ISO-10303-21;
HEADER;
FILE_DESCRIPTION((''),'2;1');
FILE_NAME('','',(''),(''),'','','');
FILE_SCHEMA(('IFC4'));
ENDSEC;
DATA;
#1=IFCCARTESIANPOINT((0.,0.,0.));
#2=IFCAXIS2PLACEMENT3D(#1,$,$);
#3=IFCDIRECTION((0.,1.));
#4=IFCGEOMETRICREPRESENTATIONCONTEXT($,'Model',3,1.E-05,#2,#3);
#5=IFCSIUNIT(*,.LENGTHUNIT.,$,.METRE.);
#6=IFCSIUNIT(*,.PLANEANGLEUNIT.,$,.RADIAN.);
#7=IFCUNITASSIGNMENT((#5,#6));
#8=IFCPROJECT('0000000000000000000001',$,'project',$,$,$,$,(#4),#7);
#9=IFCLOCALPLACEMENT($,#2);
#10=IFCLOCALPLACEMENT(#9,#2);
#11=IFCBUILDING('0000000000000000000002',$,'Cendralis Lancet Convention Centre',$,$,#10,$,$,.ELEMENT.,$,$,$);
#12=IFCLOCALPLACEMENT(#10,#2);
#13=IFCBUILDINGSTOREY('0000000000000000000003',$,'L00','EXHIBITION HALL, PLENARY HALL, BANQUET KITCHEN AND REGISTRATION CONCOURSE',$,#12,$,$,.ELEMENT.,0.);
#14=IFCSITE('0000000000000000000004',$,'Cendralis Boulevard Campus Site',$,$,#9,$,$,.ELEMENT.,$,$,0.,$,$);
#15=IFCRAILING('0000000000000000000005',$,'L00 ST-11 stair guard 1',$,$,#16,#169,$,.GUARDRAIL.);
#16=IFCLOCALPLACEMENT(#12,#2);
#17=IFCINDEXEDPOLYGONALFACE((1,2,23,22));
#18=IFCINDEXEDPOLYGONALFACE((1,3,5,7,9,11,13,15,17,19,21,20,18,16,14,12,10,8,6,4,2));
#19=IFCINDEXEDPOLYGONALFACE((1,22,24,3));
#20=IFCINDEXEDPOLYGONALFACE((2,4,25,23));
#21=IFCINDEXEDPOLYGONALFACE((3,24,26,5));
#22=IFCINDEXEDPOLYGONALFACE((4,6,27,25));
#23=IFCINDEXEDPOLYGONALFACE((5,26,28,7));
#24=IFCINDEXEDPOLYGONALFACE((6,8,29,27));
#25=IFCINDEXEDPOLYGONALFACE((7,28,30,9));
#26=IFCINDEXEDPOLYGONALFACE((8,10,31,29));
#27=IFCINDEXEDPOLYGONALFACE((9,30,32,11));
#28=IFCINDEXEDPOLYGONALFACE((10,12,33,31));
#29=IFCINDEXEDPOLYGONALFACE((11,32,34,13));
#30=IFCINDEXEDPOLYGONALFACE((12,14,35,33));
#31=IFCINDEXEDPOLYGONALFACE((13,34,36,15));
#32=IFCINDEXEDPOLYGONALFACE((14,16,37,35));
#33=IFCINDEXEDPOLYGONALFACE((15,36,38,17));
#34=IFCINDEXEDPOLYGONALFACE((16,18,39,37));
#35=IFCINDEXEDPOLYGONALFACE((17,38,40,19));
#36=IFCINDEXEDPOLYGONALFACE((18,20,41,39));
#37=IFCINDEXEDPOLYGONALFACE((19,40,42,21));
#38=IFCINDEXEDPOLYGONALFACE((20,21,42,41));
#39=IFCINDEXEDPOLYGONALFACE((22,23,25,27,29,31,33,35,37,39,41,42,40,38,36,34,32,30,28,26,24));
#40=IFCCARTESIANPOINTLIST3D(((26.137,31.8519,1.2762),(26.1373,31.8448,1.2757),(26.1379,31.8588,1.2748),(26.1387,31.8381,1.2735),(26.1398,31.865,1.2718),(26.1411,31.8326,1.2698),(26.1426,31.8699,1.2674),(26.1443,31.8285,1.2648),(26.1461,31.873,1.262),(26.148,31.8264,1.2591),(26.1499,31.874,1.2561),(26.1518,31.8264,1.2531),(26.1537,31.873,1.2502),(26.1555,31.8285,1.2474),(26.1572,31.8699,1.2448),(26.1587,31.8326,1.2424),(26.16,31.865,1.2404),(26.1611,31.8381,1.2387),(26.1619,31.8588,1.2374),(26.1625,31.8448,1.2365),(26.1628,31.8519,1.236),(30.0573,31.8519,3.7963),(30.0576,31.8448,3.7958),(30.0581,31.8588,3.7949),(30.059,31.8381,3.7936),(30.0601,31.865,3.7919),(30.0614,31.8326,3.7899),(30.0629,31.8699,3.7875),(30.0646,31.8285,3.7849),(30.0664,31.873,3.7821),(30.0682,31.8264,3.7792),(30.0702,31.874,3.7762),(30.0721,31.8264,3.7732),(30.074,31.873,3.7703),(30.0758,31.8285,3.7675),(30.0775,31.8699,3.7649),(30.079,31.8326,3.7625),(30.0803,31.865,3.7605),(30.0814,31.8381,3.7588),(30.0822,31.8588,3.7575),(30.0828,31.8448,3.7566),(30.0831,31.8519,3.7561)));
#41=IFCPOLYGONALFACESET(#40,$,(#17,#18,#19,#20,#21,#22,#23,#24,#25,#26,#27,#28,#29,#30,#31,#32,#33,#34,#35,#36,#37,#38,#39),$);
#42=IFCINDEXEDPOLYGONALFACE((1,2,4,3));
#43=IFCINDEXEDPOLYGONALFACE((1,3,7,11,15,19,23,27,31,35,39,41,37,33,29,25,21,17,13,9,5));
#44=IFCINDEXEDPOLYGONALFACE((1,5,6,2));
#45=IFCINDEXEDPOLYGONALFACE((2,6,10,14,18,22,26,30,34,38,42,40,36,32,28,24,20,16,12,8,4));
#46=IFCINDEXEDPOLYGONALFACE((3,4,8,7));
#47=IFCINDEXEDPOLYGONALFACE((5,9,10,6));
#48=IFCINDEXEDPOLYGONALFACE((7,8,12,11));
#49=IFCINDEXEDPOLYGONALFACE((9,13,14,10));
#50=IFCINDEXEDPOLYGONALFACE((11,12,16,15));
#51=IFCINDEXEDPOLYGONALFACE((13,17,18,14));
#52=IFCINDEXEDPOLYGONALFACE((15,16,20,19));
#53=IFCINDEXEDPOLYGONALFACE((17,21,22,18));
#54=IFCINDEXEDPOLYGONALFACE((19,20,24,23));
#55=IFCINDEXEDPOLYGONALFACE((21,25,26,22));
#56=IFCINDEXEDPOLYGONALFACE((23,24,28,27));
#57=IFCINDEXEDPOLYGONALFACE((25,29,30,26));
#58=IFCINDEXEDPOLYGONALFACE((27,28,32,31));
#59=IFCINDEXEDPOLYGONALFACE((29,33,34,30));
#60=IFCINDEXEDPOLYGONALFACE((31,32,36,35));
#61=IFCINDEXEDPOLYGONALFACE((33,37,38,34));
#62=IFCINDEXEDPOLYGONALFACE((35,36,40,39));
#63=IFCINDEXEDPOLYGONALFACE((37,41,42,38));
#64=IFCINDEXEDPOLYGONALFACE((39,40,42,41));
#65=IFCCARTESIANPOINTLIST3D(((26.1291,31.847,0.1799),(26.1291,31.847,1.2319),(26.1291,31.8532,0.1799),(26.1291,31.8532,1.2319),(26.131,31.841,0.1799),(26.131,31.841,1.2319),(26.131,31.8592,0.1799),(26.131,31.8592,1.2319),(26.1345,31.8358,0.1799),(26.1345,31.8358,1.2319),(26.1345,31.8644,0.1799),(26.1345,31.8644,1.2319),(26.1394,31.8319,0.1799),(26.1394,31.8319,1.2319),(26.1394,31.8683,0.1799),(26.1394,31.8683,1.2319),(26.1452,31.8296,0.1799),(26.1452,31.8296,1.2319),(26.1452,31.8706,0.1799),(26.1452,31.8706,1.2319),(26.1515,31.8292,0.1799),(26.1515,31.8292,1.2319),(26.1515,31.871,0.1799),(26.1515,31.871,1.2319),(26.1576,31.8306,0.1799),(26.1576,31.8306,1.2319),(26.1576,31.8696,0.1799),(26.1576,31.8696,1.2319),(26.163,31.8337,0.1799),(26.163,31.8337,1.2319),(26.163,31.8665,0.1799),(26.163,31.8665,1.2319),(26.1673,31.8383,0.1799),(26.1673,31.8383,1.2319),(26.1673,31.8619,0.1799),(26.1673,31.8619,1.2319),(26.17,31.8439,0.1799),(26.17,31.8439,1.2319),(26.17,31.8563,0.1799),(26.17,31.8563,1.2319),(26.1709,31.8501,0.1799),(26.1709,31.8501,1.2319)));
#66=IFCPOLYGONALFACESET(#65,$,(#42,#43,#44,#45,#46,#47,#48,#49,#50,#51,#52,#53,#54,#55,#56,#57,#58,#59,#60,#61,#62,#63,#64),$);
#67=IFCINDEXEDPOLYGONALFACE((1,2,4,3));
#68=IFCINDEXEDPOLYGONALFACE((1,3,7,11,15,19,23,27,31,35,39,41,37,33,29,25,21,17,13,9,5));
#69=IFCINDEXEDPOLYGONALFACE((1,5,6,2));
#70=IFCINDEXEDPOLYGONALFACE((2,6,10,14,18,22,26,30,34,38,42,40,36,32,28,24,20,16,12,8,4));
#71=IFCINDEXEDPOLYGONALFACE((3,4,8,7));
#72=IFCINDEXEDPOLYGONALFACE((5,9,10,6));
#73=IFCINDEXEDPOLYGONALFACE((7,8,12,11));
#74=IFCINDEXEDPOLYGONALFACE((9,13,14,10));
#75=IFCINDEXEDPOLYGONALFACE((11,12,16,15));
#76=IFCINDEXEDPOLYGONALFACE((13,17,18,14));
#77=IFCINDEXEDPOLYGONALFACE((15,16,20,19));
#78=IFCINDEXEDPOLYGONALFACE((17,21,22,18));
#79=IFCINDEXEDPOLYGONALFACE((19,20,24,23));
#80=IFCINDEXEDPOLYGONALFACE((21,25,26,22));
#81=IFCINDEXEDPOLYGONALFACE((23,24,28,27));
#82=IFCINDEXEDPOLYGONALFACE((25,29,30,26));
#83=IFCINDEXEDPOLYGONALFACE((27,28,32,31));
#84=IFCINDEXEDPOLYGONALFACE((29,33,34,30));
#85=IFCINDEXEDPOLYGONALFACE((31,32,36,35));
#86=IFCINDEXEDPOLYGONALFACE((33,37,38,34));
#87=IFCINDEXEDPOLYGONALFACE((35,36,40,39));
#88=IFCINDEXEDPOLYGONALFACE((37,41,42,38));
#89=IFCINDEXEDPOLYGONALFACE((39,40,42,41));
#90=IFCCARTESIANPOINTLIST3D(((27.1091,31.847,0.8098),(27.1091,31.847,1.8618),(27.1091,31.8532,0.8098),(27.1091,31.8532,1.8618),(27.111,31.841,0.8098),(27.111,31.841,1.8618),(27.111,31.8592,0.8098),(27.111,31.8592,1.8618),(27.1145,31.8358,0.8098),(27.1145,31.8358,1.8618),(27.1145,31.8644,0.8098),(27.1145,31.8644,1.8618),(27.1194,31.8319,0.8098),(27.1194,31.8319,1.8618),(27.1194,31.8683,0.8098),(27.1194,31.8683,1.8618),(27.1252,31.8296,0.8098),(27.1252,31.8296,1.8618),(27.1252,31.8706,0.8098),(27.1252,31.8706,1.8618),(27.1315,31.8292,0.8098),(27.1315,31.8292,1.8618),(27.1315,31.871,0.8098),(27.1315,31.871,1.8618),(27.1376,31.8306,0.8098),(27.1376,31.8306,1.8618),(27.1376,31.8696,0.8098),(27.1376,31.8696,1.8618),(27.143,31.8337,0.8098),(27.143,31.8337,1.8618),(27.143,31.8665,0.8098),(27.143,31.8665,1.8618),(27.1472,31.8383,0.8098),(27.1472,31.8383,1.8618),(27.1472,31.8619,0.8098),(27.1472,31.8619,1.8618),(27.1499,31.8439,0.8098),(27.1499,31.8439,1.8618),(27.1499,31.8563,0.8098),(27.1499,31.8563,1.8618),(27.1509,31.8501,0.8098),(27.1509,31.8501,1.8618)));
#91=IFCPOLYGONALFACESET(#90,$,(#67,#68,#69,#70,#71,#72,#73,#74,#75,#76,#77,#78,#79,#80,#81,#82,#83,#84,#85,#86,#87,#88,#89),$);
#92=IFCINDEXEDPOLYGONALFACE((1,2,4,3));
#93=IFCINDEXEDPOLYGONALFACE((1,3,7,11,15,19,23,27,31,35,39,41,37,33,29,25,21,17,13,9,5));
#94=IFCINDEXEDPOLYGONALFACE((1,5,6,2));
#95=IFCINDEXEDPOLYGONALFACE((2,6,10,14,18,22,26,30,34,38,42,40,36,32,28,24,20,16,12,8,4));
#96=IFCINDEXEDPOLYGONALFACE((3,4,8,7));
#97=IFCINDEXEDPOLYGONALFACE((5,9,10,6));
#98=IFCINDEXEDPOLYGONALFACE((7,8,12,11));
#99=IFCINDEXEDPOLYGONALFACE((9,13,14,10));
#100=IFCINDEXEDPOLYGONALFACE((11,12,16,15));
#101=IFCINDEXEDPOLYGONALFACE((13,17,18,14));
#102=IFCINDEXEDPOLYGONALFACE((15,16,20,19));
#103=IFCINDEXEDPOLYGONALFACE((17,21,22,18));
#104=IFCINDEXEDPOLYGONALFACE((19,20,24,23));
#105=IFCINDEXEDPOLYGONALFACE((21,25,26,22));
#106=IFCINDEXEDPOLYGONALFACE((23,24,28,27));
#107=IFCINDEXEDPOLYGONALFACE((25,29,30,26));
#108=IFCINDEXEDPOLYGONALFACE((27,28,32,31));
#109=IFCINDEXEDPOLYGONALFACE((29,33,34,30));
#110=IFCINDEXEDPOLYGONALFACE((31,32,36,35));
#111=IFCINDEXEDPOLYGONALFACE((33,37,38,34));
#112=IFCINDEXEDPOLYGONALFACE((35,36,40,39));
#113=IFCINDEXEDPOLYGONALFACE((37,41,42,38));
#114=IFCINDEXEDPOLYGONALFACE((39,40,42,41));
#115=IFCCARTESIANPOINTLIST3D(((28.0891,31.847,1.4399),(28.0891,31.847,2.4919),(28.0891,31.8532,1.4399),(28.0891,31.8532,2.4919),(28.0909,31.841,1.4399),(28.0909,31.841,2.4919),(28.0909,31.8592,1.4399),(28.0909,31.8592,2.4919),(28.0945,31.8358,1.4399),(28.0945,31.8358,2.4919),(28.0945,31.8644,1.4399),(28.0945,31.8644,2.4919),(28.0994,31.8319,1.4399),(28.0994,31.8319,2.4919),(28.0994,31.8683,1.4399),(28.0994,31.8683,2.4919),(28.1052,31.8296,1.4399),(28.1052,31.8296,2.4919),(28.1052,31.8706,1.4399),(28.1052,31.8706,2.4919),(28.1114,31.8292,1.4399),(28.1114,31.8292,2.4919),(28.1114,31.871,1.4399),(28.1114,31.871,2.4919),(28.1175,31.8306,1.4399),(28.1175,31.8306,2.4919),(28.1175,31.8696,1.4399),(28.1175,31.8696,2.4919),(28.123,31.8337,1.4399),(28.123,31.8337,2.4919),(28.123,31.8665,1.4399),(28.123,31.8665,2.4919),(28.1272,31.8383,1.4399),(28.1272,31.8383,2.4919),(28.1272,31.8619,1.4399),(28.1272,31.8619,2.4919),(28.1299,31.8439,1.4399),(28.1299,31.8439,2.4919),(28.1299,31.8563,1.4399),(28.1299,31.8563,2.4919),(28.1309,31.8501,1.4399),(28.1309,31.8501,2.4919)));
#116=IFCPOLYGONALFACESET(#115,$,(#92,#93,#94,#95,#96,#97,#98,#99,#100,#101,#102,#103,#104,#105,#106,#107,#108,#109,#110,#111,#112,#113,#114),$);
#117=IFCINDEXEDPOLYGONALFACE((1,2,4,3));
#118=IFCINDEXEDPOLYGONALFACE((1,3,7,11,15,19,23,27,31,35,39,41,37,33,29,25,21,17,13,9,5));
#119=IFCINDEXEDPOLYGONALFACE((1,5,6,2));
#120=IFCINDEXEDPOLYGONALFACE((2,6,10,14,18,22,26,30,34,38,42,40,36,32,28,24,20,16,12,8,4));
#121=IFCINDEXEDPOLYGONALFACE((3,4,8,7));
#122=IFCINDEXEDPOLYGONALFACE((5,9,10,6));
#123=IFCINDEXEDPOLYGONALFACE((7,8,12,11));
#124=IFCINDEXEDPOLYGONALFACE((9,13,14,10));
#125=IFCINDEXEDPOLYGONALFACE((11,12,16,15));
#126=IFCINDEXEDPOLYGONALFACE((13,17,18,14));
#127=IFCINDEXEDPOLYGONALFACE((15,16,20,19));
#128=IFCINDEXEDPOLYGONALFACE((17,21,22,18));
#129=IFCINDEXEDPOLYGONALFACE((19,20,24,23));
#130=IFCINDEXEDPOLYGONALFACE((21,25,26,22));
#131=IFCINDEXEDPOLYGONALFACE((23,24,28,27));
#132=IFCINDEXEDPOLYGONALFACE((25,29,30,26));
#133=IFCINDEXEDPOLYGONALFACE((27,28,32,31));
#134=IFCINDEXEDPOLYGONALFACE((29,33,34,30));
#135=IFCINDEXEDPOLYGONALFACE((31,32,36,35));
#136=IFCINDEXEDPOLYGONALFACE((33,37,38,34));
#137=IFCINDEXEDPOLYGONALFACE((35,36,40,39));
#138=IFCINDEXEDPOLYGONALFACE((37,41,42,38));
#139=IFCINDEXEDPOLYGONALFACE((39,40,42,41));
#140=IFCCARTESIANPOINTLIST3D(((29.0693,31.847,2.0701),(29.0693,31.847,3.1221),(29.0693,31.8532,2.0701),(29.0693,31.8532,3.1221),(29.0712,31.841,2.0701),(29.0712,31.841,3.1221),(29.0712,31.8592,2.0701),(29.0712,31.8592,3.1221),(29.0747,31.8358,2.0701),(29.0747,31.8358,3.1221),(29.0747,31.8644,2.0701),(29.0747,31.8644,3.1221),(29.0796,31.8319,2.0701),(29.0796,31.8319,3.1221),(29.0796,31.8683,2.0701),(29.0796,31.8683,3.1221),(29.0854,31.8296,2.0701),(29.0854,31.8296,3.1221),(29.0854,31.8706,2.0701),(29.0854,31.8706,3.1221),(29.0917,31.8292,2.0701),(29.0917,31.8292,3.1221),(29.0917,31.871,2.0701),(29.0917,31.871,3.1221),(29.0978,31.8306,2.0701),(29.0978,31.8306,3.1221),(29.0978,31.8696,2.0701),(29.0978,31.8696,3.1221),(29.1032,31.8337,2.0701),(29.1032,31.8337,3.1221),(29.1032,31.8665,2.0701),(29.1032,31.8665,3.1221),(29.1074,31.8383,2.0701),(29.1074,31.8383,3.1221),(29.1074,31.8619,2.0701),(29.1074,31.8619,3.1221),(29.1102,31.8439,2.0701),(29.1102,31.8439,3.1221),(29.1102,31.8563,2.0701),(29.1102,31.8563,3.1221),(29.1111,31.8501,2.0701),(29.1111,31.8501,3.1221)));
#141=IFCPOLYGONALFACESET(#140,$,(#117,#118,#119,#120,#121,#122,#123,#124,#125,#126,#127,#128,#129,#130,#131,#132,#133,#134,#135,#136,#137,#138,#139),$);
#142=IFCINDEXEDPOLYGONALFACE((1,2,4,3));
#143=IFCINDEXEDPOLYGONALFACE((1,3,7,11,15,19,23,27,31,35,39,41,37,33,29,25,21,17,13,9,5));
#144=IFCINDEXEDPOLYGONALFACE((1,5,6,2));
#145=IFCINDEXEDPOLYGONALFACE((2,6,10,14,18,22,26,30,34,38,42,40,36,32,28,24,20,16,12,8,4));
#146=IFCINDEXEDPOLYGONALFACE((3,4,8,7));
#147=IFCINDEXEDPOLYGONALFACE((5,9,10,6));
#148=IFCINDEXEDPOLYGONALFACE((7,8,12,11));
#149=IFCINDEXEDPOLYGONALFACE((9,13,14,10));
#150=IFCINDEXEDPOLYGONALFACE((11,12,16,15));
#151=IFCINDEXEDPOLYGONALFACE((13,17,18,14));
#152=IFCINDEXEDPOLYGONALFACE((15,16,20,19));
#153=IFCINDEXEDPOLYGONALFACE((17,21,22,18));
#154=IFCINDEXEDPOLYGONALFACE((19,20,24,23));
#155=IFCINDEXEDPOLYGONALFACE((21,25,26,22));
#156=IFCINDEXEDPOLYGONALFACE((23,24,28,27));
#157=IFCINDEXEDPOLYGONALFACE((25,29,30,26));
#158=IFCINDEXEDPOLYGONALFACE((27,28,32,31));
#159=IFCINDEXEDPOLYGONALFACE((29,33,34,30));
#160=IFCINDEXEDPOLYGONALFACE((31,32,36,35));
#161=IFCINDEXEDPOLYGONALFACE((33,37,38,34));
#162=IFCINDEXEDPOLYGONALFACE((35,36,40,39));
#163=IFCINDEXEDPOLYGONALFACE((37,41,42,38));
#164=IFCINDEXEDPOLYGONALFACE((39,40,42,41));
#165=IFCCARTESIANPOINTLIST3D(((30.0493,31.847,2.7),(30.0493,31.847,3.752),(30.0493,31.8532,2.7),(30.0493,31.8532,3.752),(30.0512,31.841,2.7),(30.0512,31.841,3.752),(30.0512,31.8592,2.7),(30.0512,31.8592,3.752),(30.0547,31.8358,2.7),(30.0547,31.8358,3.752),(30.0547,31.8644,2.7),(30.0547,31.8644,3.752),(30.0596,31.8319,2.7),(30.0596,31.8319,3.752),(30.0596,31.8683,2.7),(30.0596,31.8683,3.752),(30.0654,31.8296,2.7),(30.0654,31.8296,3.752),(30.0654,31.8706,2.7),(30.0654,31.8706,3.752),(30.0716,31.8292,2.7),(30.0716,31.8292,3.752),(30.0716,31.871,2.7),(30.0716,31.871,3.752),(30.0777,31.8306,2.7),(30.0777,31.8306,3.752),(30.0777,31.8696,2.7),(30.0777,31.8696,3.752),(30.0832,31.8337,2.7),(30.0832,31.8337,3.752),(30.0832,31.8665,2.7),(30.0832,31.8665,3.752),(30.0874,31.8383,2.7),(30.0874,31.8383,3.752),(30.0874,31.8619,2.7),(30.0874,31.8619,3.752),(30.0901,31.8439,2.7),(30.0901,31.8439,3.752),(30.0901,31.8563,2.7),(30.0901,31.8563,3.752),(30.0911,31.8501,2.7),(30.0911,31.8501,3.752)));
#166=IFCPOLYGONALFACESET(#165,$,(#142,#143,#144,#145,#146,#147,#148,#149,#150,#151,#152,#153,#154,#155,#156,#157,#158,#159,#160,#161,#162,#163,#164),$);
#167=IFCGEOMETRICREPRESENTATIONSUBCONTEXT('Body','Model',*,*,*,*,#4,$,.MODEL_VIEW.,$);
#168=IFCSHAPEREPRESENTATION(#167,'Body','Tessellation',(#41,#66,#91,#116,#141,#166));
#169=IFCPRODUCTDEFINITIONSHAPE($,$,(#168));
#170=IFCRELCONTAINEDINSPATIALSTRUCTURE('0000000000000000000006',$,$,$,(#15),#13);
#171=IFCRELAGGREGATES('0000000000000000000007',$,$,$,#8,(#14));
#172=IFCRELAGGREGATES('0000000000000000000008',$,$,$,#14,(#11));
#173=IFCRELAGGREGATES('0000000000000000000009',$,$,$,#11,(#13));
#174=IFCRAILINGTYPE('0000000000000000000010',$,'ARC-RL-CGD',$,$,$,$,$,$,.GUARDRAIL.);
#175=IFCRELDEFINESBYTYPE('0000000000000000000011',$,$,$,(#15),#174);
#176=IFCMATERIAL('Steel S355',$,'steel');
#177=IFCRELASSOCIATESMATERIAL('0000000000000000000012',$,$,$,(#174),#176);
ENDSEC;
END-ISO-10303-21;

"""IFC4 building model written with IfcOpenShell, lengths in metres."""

from ifc_helpers import new_model, si_unit, direction, frame, origin, origin_2d, place, context, subcontext, project, spatial, circle, extrude, material, type_object, element, save


model = new_model("IFC4")

# Units and contexts
model_context = context("Model", 3, precision=1e-05, world=origin(), true_north=direction((0.0, 1.0)))
body_context = subcontext(model_context, "Body", "Model", "MODEL_VIEW")
ifc_project = project(units=[si_unit("LENGTHUNIT", "METRE"), si_unit("PLANEANGLEUNIT", "RADIAN")], contexts=[model_context])

# Site, building, storey
site_placement = place(None, origin())
site = spatial("IfcSite", under=ifc_project, at=site_placement, Name="Cendralis Boulevard Campus Site", CompositionType="ELEMENT", RefElevation=0.0)
building_placement = place(site_placement, origin())
building = spatial("IfcBuilding", under=site, at=building_placement, Name="Cendralis Lancet Convention Centre", CompositionType="ELEMENT")
storey_placement = place(building_placement, origin())
storey = spatial("IfcBuildingStorey", under=building, at=storey_placement, Name="L00", Description="EXHIBITION HALL, PLENARY HALL, BANQUET KITCHEN AND REGISTRATION CONCOURSE", CompositionType="ELEMENT", Elevation=0.0)

# Shared definitions
ifc_material_1 = material(Name="Steel S355", Category="steel")

# Railing
railing_type_1 = type_object("IfcRailingType", Name="ARC-RL-CGD", PredefinedType="GUARDRAIL", material=ifc_material_1)
railing_1_placement = place(storey_placement, frame((26.1499, 31.8501, 0.1799)))
element("IfcRailing", 1, at=railing_1_placement, inside=storey, type_object=railing_type_1, Name="L00 ST-11 stair guard 1", PredefinedType="GUARDRAIL", context=body_context, shape_type="SweptSolid", body=[
    extrude(circle(Radius=0.0239, at=origin_2d()), frame((0.0, 0.0, 1.0762), z_axis=(0.841187, 0.0, 0.540744), x_axis=(0.0, 1.0, 0.0)), (0.0, 0.0, 1.0), 4.6604),
    extrude(circle(Radius=0.021, at=origin_2d()), origin(), (0.0, 0.0, 1.0), 1.052),
    extrude(circle(Radius=0.021, at=origin_2d()), frame((0.98, 0.0, 0.6299)), (0.0, 0.0, 1.0), 1.052),
    extrude(circle(Radius=0.021, at=origin_2d()), frame((1.96, 0.0, 1.26)), (0.0, 0.0, 1.0), 1.052),
    extrude(circle(Radius=0.021, at=origin_2d()), frame((2.9402, 0.0, 1.8901)), (0.0, 0.0, 1.0), 1.052),
    extrude(circle(Radius=0.021, at=origin_2d()), frame((3.9202, 0.0, 2.52)), (0.0, 0.0, 1.0), 1.052),
])

save(model, "model.ifc")
